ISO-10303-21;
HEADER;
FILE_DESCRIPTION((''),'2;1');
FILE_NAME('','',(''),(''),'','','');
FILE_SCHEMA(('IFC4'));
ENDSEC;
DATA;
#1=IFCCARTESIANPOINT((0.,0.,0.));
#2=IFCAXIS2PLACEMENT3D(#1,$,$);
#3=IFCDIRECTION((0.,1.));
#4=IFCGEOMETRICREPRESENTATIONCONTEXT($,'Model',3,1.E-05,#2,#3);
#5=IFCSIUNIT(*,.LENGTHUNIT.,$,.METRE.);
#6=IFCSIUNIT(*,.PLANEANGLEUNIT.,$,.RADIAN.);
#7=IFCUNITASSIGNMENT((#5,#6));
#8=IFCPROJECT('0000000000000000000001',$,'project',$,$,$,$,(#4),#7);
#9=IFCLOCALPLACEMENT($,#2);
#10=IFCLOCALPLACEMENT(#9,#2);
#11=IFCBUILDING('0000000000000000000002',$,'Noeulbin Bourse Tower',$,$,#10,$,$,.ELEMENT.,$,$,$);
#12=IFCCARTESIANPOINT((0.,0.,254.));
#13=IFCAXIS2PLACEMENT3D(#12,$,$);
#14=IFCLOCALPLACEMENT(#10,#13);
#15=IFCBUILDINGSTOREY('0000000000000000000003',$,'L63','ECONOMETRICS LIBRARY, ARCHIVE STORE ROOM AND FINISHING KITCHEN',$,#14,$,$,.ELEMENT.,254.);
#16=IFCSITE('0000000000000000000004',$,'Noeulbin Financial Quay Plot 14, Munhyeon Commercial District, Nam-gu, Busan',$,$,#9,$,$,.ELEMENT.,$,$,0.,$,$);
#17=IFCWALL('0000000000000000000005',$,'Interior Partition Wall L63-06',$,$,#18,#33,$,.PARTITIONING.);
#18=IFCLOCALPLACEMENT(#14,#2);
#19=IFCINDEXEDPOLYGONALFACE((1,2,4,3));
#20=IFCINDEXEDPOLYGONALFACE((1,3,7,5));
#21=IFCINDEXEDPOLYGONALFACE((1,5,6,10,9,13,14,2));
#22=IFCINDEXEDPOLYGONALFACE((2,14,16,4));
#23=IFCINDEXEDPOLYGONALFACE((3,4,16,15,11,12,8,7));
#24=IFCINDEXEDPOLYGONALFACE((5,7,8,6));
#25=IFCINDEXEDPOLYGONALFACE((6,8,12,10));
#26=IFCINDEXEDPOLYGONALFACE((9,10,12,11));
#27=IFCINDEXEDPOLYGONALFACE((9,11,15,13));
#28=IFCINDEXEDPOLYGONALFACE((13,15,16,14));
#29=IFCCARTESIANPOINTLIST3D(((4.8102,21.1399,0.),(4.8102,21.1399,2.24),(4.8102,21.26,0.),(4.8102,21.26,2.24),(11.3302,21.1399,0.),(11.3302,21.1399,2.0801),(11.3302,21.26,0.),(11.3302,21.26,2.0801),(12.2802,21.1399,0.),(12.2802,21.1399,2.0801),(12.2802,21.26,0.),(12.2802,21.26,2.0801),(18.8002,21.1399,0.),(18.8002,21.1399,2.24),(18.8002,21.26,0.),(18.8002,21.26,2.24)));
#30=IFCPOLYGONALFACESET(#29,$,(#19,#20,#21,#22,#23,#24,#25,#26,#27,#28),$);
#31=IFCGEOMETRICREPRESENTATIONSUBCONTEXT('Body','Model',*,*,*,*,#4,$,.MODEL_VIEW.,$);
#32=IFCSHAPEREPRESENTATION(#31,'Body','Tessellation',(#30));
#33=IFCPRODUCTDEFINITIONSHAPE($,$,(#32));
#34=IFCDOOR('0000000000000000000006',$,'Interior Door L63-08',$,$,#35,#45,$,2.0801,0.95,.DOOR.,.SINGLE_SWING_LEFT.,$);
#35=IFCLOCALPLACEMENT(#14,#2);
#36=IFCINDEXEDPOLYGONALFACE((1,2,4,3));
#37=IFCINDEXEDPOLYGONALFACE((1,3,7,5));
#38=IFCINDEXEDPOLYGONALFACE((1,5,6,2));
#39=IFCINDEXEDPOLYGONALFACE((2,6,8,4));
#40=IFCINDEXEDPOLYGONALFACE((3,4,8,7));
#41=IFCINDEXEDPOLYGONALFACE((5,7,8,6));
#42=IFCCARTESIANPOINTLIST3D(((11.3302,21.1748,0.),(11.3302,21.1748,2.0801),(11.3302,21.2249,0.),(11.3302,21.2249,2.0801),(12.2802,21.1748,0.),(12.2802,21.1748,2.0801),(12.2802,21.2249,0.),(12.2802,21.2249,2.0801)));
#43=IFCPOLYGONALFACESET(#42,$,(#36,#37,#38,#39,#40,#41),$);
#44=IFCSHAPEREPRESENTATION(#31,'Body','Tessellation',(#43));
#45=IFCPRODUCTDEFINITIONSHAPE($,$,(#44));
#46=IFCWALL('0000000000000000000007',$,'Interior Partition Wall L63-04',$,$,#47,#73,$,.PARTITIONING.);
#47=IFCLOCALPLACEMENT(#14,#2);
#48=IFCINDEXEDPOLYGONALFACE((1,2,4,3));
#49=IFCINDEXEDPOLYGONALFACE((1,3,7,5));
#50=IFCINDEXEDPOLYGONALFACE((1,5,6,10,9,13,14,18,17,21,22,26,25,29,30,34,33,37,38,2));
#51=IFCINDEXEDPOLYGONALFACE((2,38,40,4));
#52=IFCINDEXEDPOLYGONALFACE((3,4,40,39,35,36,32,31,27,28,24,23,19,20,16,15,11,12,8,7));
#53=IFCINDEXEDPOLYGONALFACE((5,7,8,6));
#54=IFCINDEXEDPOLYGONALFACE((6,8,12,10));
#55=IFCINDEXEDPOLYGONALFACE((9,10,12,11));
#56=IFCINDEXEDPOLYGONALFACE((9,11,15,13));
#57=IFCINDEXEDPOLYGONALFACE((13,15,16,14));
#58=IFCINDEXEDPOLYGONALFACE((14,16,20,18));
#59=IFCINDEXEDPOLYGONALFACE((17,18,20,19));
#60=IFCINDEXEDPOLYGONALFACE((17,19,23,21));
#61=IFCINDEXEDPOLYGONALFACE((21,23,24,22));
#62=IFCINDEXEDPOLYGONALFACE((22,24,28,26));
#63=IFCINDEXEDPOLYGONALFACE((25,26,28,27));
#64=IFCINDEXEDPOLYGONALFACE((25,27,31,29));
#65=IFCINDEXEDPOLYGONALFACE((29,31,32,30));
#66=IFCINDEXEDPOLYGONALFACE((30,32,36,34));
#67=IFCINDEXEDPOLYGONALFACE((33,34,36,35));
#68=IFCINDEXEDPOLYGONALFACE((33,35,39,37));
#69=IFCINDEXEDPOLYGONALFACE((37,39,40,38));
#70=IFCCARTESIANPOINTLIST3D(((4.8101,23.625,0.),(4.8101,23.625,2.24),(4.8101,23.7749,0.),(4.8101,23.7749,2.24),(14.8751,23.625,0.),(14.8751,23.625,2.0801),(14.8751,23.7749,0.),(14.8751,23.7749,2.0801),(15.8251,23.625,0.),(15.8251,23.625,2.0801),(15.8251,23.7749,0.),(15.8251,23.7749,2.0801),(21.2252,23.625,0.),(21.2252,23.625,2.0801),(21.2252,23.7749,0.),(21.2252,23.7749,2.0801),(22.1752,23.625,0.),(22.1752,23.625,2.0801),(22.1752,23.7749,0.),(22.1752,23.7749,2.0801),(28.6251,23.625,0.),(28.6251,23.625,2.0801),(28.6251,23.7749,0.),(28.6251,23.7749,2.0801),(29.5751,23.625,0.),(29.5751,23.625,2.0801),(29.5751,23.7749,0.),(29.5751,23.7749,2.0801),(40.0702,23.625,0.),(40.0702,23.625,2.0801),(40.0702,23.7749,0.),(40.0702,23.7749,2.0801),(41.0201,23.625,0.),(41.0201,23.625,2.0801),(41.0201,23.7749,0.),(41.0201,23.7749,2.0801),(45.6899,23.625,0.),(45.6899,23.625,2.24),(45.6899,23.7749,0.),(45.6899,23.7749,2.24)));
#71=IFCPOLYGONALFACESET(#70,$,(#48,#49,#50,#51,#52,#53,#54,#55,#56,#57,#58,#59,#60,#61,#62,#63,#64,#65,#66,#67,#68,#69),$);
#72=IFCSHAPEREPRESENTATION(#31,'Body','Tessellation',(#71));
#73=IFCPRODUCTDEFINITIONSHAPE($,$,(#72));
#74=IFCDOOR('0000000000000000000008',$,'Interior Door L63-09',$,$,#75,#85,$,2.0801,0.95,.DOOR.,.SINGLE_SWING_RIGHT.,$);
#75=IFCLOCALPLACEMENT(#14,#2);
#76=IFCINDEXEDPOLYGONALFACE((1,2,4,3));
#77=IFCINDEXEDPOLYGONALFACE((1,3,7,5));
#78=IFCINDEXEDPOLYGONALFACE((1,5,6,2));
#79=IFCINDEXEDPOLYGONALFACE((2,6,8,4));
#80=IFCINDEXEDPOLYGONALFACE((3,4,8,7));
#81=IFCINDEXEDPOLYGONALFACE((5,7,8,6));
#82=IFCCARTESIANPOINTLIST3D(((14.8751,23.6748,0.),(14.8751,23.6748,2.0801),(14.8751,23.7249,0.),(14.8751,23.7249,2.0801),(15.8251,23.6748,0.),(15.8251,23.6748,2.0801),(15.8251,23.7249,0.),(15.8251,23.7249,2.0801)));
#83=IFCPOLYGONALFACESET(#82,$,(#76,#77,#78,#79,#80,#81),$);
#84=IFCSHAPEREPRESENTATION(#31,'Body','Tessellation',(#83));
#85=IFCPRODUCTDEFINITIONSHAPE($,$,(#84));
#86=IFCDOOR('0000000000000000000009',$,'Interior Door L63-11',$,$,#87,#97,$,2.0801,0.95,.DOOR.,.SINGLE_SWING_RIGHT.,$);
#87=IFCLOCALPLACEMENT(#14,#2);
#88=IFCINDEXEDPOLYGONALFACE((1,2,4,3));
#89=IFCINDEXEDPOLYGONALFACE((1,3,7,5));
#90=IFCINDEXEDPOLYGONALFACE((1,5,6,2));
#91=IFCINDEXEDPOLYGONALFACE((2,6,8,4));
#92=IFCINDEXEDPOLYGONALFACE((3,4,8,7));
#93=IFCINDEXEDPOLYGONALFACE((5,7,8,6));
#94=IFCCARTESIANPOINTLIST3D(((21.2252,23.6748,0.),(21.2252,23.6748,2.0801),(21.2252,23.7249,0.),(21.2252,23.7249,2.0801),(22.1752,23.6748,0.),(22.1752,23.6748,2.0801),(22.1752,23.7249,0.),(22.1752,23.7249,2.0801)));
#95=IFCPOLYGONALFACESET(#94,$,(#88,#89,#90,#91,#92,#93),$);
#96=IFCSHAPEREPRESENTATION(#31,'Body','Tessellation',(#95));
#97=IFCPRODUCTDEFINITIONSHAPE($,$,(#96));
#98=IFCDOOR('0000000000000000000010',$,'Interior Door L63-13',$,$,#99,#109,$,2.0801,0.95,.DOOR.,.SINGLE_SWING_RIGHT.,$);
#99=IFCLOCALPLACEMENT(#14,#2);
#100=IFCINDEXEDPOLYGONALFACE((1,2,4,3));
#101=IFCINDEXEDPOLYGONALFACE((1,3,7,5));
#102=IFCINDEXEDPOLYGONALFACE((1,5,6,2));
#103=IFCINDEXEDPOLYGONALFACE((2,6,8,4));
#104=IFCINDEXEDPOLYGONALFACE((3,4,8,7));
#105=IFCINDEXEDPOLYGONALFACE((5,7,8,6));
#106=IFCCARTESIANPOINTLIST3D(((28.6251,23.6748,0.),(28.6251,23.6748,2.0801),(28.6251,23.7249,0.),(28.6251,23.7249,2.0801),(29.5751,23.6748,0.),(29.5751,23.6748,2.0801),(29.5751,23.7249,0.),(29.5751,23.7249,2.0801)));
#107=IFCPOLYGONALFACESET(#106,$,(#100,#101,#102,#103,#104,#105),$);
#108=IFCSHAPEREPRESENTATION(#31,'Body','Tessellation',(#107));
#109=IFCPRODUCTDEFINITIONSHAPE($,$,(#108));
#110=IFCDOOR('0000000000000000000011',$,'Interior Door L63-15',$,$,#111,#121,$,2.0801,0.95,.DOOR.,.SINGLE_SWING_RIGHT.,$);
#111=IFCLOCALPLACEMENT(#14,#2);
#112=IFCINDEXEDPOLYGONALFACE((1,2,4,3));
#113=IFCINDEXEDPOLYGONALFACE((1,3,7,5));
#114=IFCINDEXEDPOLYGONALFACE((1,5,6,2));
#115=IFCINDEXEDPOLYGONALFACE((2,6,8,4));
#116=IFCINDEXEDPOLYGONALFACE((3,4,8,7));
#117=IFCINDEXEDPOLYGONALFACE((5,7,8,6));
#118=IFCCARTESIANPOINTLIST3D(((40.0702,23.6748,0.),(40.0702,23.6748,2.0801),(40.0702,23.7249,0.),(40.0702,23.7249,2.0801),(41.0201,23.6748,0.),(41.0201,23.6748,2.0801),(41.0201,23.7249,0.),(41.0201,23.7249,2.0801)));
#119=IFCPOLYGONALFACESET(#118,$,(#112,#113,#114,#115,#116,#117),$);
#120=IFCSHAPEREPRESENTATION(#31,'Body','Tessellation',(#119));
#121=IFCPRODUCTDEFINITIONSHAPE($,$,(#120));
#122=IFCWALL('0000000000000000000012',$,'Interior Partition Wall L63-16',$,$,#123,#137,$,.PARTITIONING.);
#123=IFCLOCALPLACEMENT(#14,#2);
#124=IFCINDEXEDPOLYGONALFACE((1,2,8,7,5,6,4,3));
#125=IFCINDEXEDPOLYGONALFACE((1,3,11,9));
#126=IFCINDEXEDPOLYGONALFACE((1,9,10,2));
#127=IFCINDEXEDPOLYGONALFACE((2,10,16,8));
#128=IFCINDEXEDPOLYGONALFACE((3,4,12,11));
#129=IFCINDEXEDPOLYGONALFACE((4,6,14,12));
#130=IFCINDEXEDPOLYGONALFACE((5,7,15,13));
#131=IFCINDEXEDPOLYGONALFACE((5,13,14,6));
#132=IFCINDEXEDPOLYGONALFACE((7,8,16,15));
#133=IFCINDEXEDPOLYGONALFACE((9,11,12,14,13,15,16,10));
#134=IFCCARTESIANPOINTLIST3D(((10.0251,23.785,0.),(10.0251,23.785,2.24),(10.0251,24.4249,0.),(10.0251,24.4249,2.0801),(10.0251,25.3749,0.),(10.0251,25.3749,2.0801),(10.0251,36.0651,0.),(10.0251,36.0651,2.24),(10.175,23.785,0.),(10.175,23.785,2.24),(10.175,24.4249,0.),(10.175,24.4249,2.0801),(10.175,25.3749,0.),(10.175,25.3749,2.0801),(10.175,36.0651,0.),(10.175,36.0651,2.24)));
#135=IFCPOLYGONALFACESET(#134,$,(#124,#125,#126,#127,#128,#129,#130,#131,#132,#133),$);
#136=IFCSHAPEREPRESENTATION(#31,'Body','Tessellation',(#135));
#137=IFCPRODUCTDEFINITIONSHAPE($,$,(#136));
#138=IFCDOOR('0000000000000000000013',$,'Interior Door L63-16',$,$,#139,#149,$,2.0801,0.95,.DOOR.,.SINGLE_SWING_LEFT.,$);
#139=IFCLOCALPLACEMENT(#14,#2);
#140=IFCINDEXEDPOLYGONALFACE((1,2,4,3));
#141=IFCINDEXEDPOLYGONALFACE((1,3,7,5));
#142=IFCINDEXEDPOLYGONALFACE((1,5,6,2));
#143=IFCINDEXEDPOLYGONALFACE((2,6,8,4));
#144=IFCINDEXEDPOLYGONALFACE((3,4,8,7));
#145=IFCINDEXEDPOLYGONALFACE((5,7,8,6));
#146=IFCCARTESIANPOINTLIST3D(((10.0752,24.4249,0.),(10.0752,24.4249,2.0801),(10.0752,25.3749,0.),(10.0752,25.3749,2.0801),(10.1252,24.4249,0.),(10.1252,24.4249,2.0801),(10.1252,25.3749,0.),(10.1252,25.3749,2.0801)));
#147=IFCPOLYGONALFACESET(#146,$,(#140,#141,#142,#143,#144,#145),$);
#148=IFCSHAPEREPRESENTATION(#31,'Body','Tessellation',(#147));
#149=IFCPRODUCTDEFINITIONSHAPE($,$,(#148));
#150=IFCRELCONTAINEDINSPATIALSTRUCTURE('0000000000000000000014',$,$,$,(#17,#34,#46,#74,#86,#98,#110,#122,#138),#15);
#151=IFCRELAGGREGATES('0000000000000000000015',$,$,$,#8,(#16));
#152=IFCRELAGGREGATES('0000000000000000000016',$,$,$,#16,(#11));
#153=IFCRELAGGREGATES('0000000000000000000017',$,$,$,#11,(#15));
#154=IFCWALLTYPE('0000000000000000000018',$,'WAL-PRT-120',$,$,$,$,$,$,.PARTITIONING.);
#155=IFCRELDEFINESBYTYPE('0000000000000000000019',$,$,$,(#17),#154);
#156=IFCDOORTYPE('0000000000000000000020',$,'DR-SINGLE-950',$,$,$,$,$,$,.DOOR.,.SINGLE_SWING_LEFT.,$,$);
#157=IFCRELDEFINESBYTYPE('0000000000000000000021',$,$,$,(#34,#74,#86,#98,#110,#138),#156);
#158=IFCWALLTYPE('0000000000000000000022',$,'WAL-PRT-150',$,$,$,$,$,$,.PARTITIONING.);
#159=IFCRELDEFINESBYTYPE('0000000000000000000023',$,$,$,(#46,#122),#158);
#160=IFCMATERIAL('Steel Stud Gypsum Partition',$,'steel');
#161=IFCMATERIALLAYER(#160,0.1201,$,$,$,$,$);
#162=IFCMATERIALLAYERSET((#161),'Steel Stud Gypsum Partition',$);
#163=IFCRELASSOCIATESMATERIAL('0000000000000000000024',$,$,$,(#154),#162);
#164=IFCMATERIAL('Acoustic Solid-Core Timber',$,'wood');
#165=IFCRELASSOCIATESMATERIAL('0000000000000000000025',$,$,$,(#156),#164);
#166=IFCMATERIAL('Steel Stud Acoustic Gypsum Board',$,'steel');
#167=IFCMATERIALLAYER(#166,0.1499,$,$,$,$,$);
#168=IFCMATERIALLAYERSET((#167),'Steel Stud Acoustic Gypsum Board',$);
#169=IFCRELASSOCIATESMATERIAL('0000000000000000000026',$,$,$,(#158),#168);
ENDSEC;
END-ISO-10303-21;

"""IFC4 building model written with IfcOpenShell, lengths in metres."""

from ifc_helpers import new_model, si_unit, direction, frame, frame_2d, origin, place, context, subcontext, project, spatial, rectangle, extrude, material, layer, layer_set, type_object, element, fill, save


model = new_model("IFC4")

# Units and contexts
model_context = context("Model", 3, precision=1e-05, world=origin(), true_north=direction((0.0, 1.0)))
body_context = subcontext(model_context, "Body", "Model", "MODEL_VIEW")
ifc_project = project(units=[si_unit("LENGTHUNIT", "METRE"), si_unit("PLANEANGLEUNIT", "RADIAN")], contexts=[model_context])

# Site, building, storey
site_placement = place(None, origin())
site = spatial("IfcSite", under=ifc_project, at=site_placement, Name="Noeulbin Financial Quay Plot 14, Munhyeon Commercial District, Nam-gu, Busan", CompositionType="ELEMENT", RefElevation=0.0)
building_placement = place(site_placement, origin())
building = spatial("IfcBuilding", under=site, at=building_placement, Name="Noeulbin Bourse Tower", CompositionType="ELEMENT")
storey_placement = place(building_placement, frame((0.0, 0.0, 254.0)))
storey = spatial("IfcBuildingStorey", under=building, at=storey_placement, Name="L63", Description="ECONOMETRICS LIBRARY, ARCHIVE STORE ROOM AND FINISHING KITCHEN", CompositionType="ELEMENT", Elevation=254.0)

# Wall, opening, door
ifc_material_1 = material(Name="Steel Stud Gypsum Partition", Category="steel")
ifc_layer_1 = layer(ifc_material_1, 0.1201)
ifc_layer_set_1 = layer_set([ifc_layer_1], Name="Steel Stud Gypsum Partition")
wall_type_1 = type_object("IfcWallType", Name="WAL-PRT-120", PredefinedType="PARTITIONING", material=ifc_layer_set_1)
wall_1_placement = place(storey_placement, frame((4.8101, 21.2, 0.0), z_axis=(0.0, 0.0, 1.0), x_axis=(1.0, 0.0, 0.0)))
wall_1 = element("IfcWall", 1, at=wall_1_placement, inside=storey, type_object=wall_type_1, Name="Interior Partition Wall L63-06", PredefinedType="PARTITIONING", context=body_context, shape_type="SweptSolid", body=[
    extrude(rectangle(XDim=13.99, YDim=0.1201, at=frame_2d((6.9951, 0.0))), origin(), (0.0, 0.0, 1.0), 2.24),
])
opening_1_placement = place(wall_1_placement, frame((6.52, 0.0, 0.0)))
opening_1 = element("IfcOpeningElement", 2, at=opening_1_placement, cuts=wall_1, PredefinedType="OPENING", context=body_context, shape_type="SweptSolid", body=[
    extrude(rectangle(XDim=0.95, YDim=2.0801, at=frame_2d((0.4751, 1.04))), frame((0.0, 0.0701, 0.0), z_axis=(0.0, -1.0, 0.0), x_axis=(1.0, 0.0, 0.0)), (0.0, 0.0, 1.0), 0.1401),
])
ifc_material_2 = material(Name="Acoustic Solid-Core Timber", Category="wood")
door_type = type_object("IfcDoorType", Name="DR-SINGLE-950", OperationType="SINGLE_SWING_LEFT", PredefinedType="DOOR", material=ifc_material_2)
door_1_placement = place(opening_1_placement, origin())
door_1 = element("IfcDoor", 3, at=door_1_placement, inside=storey, type_object=door_type, Name="Interior Door L63-08", OperationType="SINGLE_SWING_LEFT", OverallHeight=2.0801, OverallWidth=0.95, PredefinedType="DOOR", context=body_context, shape_type="SweptSolid", body=[
    extrude(rectangle(XDim=0.95, YDim=2.0801, at=frame_2d((0.4751, 1.04))), frame((0.0, 0.0249, 0.0), z_axis=(0.0, -1.0, 0.0), x_axis=(1.0, 0.0, 0.0)), (0.0, 0.0, 1.0), 0.05),
])
fill(opening_1, door_1)

# Wall, openings, doors
ifc_material_3 = material(Name="Steel Stud Acoustic Gypsum Board", Category="steel")
ifc_layer_2 = layer(ifc_material_3, 0.1499)
ifc_layer_set_2 = layer_set([ifc_layer_2], Name="Steel Stud Acoustic Gypsum Board")
wall_type_2 = type_object("IfcWallType", Name="WAL-PRT-150", PredefinedType="PARTITIONING", material=ifc_layer_set_2)
wall_2_placement = place(storey_placement, frame((4.8101, 23.7, 0.0), z_axis=(0.0, 0.0, 1.0), x_axis=(1.0, 0.0, 0.0)))
wall_2 = element("IfcWall", 4, at=wall_2_placement, inside=storey, type_object=wall_type_2, Name="Interior Partition Wall L63-04", PredefinedType="PARTITIONING", context=body_context, shape_type="SweptSolid", body=[
    extrude(rectangle(XDim=40.8799, YDim=0.1499, at=frame_2d((20.4399, 0.0))), origin(), (0.0, 0.0, 1.0), 2.24),
])
opening_2_placement = place(wall_2_placement, frame((10.0649, 0.0, 0.0)))
opening_2 = element("IfcOpeningElement", 5, at=opening_2_placement, cuts=wall_2, PredefinedType="OPENING", context=body_context, shape_type="SweptSolid", body=[
    extrude(rectangle(XDim=0.95, YDim=2.0801, at=frame_2d((0.4751, 1.04))), frame((0.0, 0.085, 0.0), z_axis=(0.0, -1.0, 0.0), x_axis=(1.0, 0.0, 0.0)), (0.0, 0.0, 1.0), 0.1699),
])
opening_3_placement = place(wall_2_placement, frame((16.415, 0.0, 0.0)))
opening_3 = element("IfcOpeningElement", 6, at=opening_3_placement, cuts=wall_2, PredefinedType="OPENING", context=body_context, shape_type="SweptSolid", body=[
    extrude(rectangle(XDim=0.95, YDim=2.0801, at=frame_2d((0.4751, 1.04))), frame((0.0, 0.085, 0.0), z_axis=(0.0, -1.0, 0.0), x_axis=(1.0, 0.0, 0.0)), (0.0, 0.0, 1.0), 0.1699),
])
opening_4_placement = place(wall_2_placement, frame((23.8149, 0.0, 0.0)))
opening_4 = element("IfcOpeningElement", 7, at=opening_4_placement, cuts=wall_2, PredefinedType="OPENING", context=body_context, shape_type="SweptSolid", body=[
    extrude(rectangle(XDim=0.95, YDim=2.0801, at=frame_2d((0.4751, 1.04))), frame((0.0, 0.085, 0.0), z_axis=(0.0, -1.0, 0.0), x_axis=(1.0, 0.0, 0.0)), (0.0, 0.0, 1.0), 0.1699),
])
opening_5_placement = place(wall_2_placement, frame((35.26, 0.0, 0.0)))
opening_5 = element("IfcOpeningElement", 8, at=opening_5_placement, cuts=wall_2, PredefinedType="OPENING", context=body_context, shape_type="SweptSolid", body=[
    extrude(rectangle(XDim=0.95, YDim=2.0801, at=frame_2d((0.4751, 1.04))), frame((0.0, 0.085, 0.0), z_axis=(0.0, -1.0, 0.0), x_axis=(1.0, 0.0, 0.0)), (0.0, 0.0, 1.0), 0.1699),
])
door_2_placement = place(opening_2_placement, origin())
door_2 = element("IfcDoor", 9, at=door_2_placement, inside=storey, type_object=door_type, Name="Interior Door L63-09", OperationType="SINGLE_SWING_RIGHT", OverallHeight=2.0801, OverallWidth=0.95, PredefinedType="DOOR", context=body_context, shape_type="SweptSolid", body=[
    extrude(rectangle(XDim=0.95, YDim=2.0801, at=frame_2d((0.4751, 1.04))), frame((0.0, 0.0249, 0.0), z_axis=(0.0, -1.0, 0.0), x_axis=(1.0, 0.0, 0.0)), (0.0, 0.0, 1.0), 0.05),
])
fill(opening_2, door_2)
door_3_placement = place(opening_3_placement, origin())
door_3 = element("IfcDoor", 10, at=door_3_placement, inside=storey, type_object=door_type, Name="Interior Door L63-11", OperationType="SINGLE_SWING_RIGHT", OverallHeight=2.0801, OverallWidth=0.95, PredefinedType="DOOR", context=body_context, shape_type="SweptSolid", body=[
    extrude(rectangle(XDim=0.95, YDim=2.0801, at=frame_2d((0.4751, 1.04))), frame((0.0, 0.0249, 0.0), z_axis=(0.0, -1.0, 0.0), x_axis=(1.0, 0.0, 0.0)), (0.0, 0.0, 1.0), 0.05),
])
fill(opening_3, door_3)
door_4_placement = place(opening_4_placement, origin())
door_4 = element("IfcDoor", 11, at=door_4_placement, inside=storey, type_object=door_type, Name="Interior Door L63-13", OperationType="SINGLE_SWING_RIGHT", OverallHeight=2.0801, OverallWidth=0.95, PredefinedType="DOOR", context=body_context, shape_type="SweptSolid", body=[
    extrude(rectangle(XDim=0.95, YDim=2.0801, at=frame_2d((0.4751, 1.04))), frame((0.0, 0.0249, 0.0), z_axis=(0.0, -1.0, 0.0), x_axis=(1.0, 0.0, 0.0)), (0.0, 0.0, 1.0), 0.05),
])
fill(opening_4, door_4)
door_5_placement = place(opening_5_placement, origin())
door_5 = element("IfcDoor", 12, at=door_5_placement, inside=storey, type_object=door_type, Name="Interior Door L63-15", OperationType="SINGLE_SWING_RIGHT", OverallHeight=2.0801, OverallWidth=0.95, PredefinedType="DOOR", context=body_context, shape_type="SweptSolid", body=[
    extrude(rectangle(XDim=0.95, YDim=2.0801, at=frame_2d((0.4751, 1.04))), frame((0.0, 0.0249, 0.0), z_axis=(0.0, -1.0, 0.0), x_axis=(1.0, 0.0, 0.0)), (0.0, 0.0, 1.0), 0.05),
])
fill(opening_5, door_5)

# Wall, opening, door
wall_3_placement = place(storey_placement, frame((10.1001, 23.7849, 0.0), z_axis=(0.0, 0.0, 1.0), x_axis=(0.0, 1.0, 0.0)))
wall_3 = element("IfcWall", 13, at=wall_3_placement, inside=storey, type_object=wall_type_2, Name="Interior Partition Wall L63-16", PredefinedType="PARTITIONING", context=body_context, shape_type="SweptSolid", body=[
    extrude(rectangle(XDim=12.28, YDim=0.1499, at=frame_2d((6.1401, 0.0))), origin(), (0.0, 0.0, 1.0), 2.24),
])
opening_6_placement = place(wall_3_placement, frame((0.6399, 0.0, 0.0)))
opening_6 = element("IfcOpeningElement", 14, at=opening_6_placement, cuts=wall_3, PredefinedType="OPENING", context=body_context, shape_type="SweptSolid", body=[
    extrude(rectangle(XDim=0.95, YDim=2.0801, at=frame_2d((0.4751, 1.04))), frame((0.0, 0.085, 0.0), z_axis=(0.0, -1.0, 0.0), x_axis=(1.0, 0.0, 0.0)), (0.0, 0.0, 1.0), 0.1699),
])
door_6_placement = place(opening_6_placement, origin())
door_6 = element("IfcDoor", 15, at=door_6_placement, inside=storey, type_object=door_type, Name="Interior Door L63-16", OperationType="SINGLE_SWING_LEFT", OverallHeight=2.0801, OverallWidth=0.95, PredefinedType="DOOR", context=body_context, shape_type="SweptSolid", body=[
    extrude(rectangle(XDim=0.95, YDim=2.0801, at=frame_2d((0.4751, 1.04))), frame((0.0, 0.0249, 0.0), z_axis=(0.0, -1.0, 0.0), x_axis=(1.0, 0.0, 0.0)), (0.0, 0.0, 1.0), 0.05),
])
fill(opening_6, door_6)

save(model, "model.ifc")
